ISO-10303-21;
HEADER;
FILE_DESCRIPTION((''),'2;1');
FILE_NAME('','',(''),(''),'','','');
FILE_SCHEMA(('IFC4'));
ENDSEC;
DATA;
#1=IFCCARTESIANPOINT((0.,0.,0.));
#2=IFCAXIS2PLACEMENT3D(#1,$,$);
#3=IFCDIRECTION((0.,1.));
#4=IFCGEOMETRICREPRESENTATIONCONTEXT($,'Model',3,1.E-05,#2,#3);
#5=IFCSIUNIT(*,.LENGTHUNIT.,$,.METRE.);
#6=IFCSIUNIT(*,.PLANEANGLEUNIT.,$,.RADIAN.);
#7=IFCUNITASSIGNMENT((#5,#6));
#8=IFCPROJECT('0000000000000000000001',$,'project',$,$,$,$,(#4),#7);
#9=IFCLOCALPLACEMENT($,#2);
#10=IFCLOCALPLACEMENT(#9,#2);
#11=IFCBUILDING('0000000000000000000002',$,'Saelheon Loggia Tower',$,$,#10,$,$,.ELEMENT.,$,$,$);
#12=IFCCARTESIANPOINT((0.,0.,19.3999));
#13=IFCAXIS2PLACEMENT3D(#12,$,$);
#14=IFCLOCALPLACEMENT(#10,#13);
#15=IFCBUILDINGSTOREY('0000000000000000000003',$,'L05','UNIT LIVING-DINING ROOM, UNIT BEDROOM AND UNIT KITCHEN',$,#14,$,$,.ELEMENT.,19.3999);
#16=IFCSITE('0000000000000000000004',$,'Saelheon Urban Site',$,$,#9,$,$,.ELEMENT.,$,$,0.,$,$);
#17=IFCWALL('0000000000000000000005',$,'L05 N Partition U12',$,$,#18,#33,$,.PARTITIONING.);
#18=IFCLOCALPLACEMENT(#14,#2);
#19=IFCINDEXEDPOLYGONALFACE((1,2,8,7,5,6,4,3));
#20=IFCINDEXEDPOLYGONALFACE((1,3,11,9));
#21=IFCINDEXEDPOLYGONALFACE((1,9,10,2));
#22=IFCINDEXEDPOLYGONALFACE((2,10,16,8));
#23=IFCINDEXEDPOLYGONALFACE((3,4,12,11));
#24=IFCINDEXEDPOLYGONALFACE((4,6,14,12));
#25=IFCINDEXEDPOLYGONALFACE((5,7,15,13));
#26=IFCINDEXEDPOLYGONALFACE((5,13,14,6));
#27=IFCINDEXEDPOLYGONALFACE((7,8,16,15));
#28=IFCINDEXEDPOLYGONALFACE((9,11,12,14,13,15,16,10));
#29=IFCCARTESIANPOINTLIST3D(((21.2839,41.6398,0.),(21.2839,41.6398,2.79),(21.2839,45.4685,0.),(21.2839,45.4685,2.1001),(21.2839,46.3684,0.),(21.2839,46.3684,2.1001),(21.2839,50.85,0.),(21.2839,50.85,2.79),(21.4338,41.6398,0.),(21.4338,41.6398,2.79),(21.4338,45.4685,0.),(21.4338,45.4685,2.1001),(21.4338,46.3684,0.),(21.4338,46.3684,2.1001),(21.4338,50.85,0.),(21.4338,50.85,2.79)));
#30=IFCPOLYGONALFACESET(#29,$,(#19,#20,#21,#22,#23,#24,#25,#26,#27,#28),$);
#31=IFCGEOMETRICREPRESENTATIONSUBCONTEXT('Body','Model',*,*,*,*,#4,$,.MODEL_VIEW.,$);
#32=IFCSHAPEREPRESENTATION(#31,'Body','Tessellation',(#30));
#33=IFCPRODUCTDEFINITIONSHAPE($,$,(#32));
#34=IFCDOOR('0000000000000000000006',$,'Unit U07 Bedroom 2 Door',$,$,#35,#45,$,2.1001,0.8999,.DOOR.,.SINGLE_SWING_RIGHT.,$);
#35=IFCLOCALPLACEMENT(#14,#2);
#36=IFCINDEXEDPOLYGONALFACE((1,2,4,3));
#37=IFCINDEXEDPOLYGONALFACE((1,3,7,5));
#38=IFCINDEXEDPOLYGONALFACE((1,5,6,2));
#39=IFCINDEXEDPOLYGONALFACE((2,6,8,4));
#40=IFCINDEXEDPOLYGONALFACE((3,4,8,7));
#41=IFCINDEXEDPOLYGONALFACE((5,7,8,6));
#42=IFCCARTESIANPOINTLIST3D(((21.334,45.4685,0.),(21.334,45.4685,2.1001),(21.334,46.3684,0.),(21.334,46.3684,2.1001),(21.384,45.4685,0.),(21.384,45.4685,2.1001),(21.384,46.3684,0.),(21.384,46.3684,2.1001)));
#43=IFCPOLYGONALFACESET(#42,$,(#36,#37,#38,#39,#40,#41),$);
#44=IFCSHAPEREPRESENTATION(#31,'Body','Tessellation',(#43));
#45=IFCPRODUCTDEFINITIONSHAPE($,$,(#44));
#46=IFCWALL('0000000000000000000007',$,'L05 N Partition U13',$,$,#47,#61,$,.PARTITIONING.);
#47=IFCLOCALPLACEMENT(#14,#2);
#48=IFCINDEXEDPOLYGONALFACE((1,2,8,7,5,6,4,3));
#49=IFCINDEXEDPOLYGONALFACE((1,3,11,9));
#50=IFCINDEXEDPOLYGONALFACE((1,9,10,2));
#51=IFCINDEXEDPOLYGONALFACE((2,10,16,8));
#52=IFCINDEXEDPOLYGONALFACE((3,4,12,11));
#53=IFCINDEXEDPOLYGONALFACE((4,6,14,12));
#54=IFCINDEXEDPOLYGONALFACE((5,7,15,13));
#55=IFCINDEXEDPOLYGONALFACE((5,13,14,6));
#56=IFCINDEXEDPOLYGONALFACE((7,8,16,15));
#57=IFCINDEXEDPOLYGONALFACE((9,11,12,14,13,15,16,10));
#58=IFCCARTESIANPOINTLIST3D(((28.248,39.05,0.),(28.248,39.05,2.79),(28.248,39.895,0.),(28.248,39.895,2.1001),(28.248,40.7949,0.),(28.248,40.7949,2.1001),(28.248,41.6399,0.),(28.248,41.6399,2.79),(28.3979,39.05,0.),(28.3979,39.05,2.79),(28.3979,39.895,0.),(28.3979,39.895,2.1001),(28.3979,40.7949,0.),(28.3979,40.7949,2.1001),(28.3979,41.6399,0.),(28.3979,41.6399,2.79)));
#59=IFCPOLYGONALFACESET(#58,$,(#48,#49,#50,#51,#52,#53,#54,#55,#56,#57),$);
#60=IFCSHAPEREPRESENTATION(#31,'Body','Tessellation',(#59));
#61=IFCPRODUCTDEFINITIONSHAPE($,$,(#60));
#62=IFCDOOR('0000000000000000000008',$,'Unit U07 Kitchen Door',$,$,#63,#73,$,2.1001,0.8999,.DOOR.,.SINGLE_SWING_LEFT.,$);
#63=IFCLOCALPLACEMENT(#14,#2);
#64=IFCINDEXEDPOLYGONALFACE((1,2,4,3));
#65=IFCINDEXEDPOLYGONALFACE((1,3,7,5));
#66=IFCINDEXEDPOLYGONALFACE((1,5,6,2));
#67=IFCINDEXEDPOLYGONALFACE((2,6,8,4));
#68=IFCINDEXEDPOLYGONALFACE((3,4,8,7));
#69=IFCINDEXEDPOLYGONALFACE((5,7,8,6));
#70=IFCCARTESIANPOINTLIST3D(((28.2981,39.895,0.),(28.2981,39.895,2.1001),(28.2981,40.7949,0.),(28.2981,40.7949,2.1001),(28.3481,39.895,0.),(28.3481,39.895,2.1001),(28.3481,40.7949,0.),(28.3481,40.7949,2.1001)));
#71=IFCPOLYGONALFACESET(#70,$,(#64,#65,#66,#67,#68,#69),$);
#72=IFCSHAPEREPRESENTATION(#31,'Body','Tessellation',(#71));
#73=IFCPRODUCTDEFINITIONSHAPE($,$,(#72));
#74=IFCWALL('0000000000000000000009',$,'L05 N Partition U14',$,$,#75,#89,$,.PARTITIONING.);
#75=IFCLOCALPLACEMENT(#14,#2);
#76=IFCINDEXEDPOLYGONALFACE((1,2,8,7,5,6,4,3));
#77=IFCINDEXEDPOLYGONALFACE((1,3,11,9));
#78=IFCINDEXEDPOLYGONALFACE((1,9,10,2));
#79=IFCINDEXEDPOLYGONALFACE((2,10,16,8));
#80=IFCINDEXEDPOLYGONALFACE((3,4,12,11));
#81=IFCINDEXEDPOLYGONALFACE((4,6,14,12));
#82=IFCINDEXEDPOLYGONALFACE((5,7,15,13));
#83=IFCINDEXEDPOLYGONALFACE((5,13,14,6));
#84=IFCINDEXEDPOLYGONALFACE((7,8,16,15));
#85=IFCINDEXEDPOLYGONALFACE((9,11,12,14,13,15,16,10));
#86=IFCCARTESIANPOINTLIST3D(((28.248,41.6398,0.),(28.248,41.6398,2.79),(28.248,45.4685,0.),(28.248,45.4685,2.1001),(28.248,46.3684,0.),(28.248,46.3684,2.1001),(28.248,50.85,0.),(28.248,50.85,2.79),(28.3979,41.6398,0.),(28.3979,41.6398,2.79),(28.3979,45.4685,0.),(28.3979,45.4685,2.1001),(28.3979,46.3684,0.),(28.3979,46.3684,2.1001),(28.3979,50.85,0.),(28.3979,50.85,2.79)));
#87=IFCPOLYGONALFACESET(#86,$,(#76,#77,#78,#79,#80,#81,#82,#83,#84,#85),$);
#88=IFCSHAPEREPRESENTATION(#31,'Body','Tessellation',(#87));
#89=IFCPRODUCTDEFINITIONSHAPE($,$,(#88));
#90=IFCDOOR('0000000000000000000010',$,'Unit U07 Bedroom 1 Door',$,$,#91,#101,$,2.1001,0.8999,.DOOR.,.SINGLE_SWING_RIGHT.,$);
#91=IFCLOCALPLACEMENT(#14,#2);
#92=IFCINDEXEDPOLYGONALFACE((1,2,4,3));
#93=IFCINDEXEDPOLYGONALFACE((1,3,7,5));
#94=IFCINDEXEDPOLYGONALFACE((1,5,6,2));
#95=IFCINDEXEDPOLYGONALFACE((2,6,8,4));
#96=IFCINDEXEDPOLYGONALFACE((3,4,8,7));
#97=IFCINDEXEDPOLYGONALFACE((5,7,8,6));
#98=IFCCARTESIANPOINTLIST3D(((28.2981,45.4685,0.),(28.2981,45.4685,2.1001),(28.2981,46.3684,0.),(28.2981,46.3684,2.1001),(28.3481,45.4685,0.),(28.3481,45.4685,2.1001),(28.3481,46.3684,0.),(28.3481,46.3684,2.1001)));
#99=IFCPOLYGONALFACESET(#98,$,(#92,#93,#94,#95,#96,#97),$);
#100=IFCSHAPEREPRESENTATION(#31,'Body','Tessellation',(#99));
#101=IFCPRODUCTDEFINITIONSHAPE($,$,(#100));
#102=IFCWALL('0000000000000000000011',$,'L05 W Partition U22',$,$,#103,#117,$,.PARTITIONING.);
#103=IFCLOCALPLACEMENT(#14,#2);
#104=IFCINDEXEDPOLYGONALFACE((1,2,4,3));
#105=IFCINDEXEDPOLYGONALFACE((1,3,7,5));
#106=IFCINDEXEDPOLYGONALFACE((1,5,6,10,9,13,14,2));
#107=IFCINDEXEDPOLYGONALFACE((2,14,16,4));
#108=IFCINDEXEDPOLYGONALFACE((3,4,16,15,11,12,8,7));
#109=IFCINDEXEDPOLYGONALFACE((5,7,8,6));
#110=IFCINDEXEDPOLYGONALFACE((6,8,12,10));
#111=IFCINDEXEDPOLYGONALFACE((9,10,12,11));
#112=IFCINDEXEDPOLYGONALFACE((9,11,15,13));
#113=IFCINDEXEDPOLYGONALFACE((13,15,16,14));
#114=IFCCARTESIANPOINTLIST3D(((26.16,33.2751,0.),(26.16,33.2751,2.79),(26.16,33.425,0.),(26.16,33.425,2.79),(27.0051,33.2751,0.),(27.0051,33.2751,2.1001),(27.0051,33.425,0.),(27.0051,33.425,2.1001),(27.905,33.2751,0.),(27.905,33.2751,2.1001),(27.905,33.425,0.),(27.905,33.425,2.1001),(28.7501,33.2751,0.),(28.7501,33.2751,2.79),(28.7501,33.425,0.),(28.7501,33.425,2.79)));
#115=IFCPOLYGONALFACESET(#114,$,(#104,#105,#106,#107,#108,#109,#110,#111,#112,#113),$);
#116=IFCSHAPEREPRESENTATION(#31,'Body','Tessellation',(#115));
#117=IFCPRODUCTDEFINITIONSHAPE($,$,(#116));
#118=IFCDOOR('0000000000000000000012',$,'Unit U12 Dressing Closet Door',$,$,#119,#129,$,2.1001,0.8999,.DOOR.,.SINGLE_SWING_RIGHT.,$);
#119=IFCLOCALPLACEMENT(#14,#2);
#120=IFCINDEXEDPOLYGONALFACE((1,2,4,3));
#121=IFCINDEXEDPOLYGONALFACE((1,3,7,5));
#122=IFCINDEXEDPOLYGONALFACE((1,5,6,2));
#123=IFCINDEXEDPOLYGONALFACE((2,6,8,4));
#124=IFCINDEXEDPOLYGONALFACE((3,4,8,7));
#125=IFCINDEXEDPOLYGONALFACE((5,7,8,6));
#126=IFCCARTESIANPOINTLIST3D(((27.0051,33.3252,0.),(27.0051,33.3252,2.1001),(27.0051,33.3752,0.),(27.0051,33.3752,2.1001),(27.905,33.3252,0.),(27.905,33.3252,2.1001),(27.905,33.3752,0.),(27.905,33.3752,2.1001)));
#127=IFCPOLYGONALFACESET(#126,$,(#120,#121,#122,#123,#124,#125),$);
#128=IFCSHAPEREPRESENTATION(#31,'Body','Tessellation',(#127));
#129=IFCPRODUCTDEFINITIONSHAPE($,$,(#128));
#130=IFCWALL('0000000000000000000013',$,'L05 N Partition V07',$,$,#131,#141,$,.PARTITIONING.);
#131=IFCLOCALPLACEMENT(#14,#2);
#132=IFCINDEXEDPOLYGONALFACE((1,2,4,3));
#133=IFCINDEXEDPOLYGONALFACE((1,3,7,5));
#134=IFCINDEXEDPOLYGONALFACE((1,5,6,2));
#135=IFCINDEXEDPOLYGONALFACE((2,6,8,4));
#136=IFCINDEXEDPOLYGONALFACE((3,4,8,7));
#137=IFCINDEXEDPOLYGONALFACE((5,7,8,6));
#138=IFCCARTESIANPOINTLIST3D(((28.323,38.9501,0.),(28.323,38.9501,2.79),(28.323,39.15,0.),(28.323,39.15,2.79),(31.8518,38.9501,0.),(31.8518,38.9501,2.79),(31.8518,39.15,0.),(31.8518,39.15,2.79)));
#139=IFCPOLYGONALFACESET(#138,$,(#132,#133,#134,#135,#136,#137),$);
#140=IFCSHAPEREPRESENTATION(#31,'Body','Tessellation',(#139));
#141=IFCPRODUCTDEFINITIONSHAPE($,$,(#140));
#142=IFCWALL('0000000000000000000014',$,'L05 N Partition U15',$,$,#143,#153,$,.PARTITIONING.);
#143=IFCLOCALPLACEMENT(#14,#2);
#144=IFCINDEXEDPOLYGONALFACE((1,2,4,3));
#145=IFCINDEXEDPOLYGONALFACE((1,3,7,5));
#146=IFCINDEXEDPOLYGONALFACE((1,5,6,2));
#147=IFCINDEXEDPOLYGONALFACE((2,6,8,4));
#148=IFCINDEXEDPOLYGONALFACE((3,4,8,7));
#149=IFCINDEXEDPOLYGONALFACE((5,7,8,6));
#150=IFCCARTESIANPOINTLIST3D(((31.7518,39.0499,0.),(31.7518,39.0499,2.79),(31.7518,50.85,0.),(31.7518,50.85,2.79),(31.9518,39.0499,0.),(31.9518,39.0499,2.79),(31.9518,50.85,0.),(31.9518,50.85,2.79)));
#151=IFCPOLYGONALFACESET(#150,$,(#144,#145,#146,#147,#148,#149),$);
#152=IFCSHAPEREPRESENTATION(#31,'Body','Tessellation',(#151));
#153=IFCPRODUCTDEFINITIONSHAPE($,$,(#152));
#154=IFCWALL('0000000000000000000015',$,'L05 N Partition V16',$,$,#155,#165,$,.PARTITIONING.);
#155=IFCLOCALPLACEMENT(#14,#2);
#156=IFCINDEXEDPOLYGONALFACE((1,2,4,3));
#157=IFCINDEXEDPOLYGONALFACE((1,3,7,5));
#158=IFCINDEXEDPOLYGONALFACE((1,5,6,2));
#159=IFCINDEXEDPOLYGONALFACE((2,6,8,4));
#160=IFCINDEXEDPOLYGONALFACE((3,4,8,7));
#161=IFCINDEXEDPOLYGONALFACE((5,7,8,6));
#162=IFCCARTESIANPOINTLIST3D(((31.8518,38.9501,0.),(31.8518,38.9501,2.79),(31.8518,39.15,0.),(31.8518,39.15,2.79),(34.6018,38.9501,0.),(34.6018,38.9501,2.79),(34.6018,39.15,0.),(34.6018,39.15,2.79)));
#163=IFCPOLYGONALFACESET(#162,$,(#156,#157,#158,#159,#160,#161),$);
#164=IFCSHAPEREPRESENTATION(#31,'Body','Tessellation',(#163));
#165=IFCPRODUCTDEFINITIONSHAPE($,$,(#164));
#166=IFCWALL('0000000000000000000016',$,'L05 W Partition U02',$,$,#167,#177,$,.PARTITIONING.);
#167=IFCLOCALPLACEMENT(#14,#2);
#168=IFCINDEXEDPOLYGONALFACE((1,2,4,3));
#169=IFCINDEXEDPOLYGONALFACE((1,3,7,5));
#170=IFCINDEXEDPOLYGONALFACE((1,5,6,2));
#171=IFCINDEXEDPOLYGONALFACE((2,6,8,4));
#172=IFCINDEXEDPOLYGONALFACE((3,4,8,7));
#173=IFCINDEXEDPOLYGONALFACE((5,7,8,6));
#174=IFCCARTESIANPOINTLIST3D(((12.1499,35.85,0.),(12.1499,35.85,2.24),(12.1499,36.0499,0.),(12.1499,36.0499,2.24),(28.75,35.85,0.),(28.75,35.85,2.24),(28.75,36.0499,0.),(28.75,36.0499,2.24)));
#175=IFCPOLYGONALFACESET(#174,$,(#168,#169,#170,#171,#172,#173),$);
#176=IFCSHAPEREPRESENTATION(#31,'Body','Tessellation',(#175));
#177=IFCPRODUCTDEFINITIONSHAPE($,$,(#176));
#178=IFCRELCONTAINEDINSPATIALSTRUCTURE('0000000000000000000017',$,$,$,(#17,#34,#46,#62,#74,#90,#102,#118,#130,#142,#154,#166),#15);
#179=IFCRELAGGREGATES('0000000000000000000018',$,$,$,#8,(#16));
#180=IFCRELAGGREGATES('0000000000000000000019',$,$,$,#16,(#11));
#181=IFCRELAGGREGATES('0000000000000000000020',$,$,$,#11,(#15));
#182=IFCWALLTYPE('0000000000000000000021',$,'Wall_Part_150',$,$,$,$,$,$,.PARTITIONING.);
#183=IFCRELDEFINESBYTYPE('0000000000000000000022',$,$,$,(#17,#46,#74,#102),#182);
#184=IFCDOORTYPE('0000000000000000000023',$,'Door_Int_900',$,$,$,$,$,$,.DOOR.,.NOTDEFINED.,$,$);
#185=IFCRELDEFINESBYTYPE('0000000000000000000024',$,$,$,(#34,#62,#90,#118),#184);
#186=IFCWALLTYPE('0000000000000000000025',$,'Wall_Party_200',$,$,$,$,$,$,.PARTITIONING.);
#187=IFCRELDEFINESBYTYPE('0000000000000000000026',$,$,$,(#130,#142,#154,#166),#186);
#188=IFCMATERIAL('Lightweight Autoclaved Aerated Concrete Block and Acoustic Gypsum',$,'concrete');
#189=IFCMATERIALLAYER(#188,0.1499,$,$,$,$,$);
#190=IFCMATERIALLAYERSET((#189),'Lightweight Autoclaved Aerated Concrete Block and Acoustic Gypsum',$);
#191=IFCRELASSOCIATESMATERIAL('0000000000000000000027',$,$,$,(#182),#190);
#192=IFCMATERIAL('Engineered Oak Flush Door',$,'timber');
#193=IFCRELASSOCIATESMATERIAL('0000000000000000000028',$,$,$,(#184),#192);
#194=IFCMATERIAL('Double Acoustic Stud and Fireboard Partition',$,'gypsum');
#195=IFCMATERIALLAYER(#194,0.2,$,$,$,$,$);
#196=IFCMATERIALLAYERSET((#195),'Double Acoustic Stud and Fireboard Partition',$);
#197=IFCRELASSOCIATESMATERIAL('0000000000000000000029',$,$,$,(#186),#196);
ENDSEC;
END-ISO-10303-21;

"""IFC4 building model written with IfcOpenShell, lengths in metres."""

from ifc_helpers import new_model, si_unit, direction, frame, frame_2d, origin, place, context, subcontext, project, spatial, rectangle, extrude, source, transform, mapped, material, layer, layer_set, type_object, element, fill, save


model = new_model("IFC4")

# Units and contexts
model_context = context("Model", 3, precision=1e-05, world=origin(), true_north=direction((0.0, 1.0)))
body_context = subcontext(model_context, "Body", "Model", "MODEL_VIEW")
ifc_project = project(units=[si_unit("LENGTHUNIT", "METRE"), si_unit("PLANEANGLEUNIT", "RADIAN")], contexts=[model_context])

# Site, building, storey
site_placement = place(None, origin())
site = spatial("IfcSite", under=ifc_project, at=site_placement, Name="Saelheon Urban Site", CompositionType="ELEMENT", RefElevation=0.0)
building_placement = place(site_placement, origin())
building = spatial("IfcBuilding", under=site, at=building_placement, Name="Saelheon Loggia Tower", CompositionType="ELEMENT")
storey_placement = place(building_placement, frame((0.0, 0.0, 19.3999)))
storey = spatial("IfcBuildingStorey", under=building, at=storey_placement, Name="L05", Description="UNIT LIVING-DINING ROOM, UNIT BEDROOM AND UNIT KITCHEN", CompositionType="ELEMENT", Elevation=19.3999)

# Shared definitions
ifc_material_1 = material(Name="Lightweight Autoclaved Aerated Concrete Block and Acoustic Gypsum", Category="concrete")
ifc_layer_1 = layer(ifc_material_1, 0.1499)
ifc_layer_set_1 = layer_set([ifc_layer_1], Name="Lightweight Autoclaved Aerated Concrete Block and Acoustic Gypsum")
wall_type_1 = type_object("IfcWallType", Name="Wall_Part_150", PredefinedType="PARTITIONING", material=ifc_layer_set_1)

# Walls, openings, doors
wall_1_placement = place(storey_placement, frame((21.3589, 41.6399, 0.0), z_axis=(0.0, 0.0, 1.0), x_axis=(0.0, 1.0, 0.0)))
wall_1 = element("IfcWall", 1, at=wall_1_placement, inside=storey, type_object=wall_type_1, Name="L05 N Partition U12", PredefinedType="PARTITIONING", context=body_context, shape_type="SweptSolid", body=[
    extrude(rectangle(XDim=9.2102, YDim=0.1499, at=frame_2d((4.605, 0.0))), origin(), (0.0, 0.0, 1.0), 2.79),
])
opening_1_placement = place(wall_1_placement, frame((3.8286, 0.0, 0.0)))
opening_1 = element("IfcOpeningElement", 2, at=opening_1_placement, cuts=wall_1, PredefinedType="OPENING", context=body_context, shape_type="SweptSolid", body=[
    extrude(rectangle(XDim=0.8999, YDim=2.1001, at=frame_2d((0.45, 1.05))), frame((0.0, 0.0869, 0.0), z_axis=(0.0, -1.0, 0.0), x_axis=(1.0, 0.0, 0.0)), (0.0, 0.0, 1.0), 0.1738),
])
ifc_material_2 = material(Name="Engineered Oak Flush Door", Category="timber")
door_type_1 = type_object("IfcDoorType", Name="Door_Int_900", OperationType="NOTDEFINED", PredefinedType="DOOR", material=ifc_material_2)
shared_shape_1 = source(origin(), body_context, "Body", "SweptSolid", [
    extrude(rectangle(XDim=0.8999, YDim=2.1001, at=frame_2d((0.45, 1.05))), frame((0.0, 0.0249, 0.0), z_axis=(0.0, -1.0, 0.0), x_axis=(1.0, 0.0, 0.0)), (0.0, 0.0, 1.0), 0.05),
])
door_1_placement = place(opening_1_placement, origin())
door_1 = element("IfcDoor", 3, at=door_1_placement, inside=storey, type_object=door_type_1, Name="Unit U07 Bedroom 2 Door", OperationType="SINGLE_SWING_RIGHT", OverallHeight=2.1001, OverallWidth=0.8999, PredefinedType="DOOR", context=body_context, shape_type="MappedRepresentation", body=[
    mapped(shared_shape_1, transform((0.0, 0.0, 0.0), scale=1.0)),
])
fill(opening_1, door_1)
wall_2_placement = place(storey_placement, frame((28.323, 39.05, 0.0), z_axis=(0.0, 0.0, 1.0), x_axis=(0.0, 1.0, 0.0)))
wall_2 = element("IfcWall", 4, at=wall_2_placement, inside=storey, type_object=wall_type_1, Name="L05 N Partition U13", PredefinedType="PARTITIONING", context=body_context, shape_type="SweptSolid", body=[
    extrude(rectangle(XDim=2.5898, YDim=0.1499, at=frame_2d((1.2949, 0.0))), origin(), (0.0, 0.0, 1.0), 2.79),
])
opening_2_placement = place(wall_2_placement, frame((0.845, 0.0, 0.0)))
opening_2 = element("IfcOpeningElement", 5, at=opening_2_placement, cuts=wall_2, PredefinedType="OPENING", context=body_context, shape_type="SweptSolid", body=[
    extrude(rectangle(XDim=0.8999, YDim=2.1001, at=frame_2d((0.45, 1.05))), frame((0.0, 0.0869, 0.0), z_axis=(0.0, -1.0, 0.0), x_axis=(1.0, 0.0, 0.0)), (0.0, 0.0, 1.0), 0.1738),
])
door_2_placement = place(opening_2_placement, origin())
door_2 = element("IfcDoor", 6, at=door_2_placement, inside=storey, type_object=door_type_1, Name="Unit U07 Kitchen Door", OperationType="SINGLE_SWING_LEFT", OverallHeight=2.1001, OverallWidth=0.8999, PredefinedType="DOOR", context=body_context, shape_type="MappedRepresentation", body=[
    mapped(shared_shape_1, transform((0.0, 0.0, 0.0), scale=1.0)),
])
fill(opening_2, door_2)
wall_3_placement = place(storey_placement, frame((28.323, 41.6399, 0.0), z_axis=(0.0, 0.0, 1.0), x_axis=(0.0, 1.0, 0.0)))
wall_3 = element("IfcWall", 7, at=wall_3_placement, inside=storey, type_object=wall_type_1, Name="L05 N Partition U14", PredefinedType="PARTITIONING", context=body_context, shape_type="SweptSolid", body=[
    extrude(rectangle(XDim=9.2102, YDim=0.1499, at=frame_2d((4.605, 0.0))), origin(), (0.0, 0.0, 1.0), 2.79),
])
opening_3_placement = place(wall_3_placement, frame((3.8286, 0.0, 0.0)))
opening_3 = element("IfcOpeningElement", 8, at=opening_3_placement, cuts=wall_3, PredefinedType="OPENING", context=body_context, shape_type="SweptSolid", body=[
    extrude(rectangle(XDim=0.8999, YDim=2.1001, at=frame_2d((0.45, 1.05))), frame((0.0, 0.0869, 0.0), z_axis=(0.0, -1.0, 0.0), x_axis=(1.0, 0.0, 0.0)), (0.0, 0.0, 1.0), 0.1738),
])
door_3_placement = place(opening_3_placement, origin())
door_3 = element("IfcDoor", 9, at=door_3_placement, inside=storey, type_object=door_type_1, Name="Unit U07 Bedroom 1 Door", OperationType="SINGLE_SWING_RIGHT", OverallHeight=2.1001, OverallWidth=0.8999, PredefinedType="DOOR", context=body_context, shape_type="MappedRepresentation", body=[
    mapped(shared_shape_1, transform((0.0, 0.0, 0.0), scale=1.0)),
])
fill(opening_3, door_3)
wall_4_placement = place(storey_placement, frame((28.75, 33.3501, 0.0), z_axis=(0.0, 0.0, 1.0), x_axis=(-1.0, 0.0, 0.0)))
wall_4 = element("IfcWall", 10, at=wall_4_placement, inside=storey, type_object=wall_type_1, Name="L05 W Partition U22", PredefinedType="PARTITIONING", context=body_context, shape_type="SweptSolid", body=[
    extrude(rectangle(XDim=2.5901, YDim=0.1499, at=frame_2d((1.2949, 0.0))), origin(), (0.0, 0.0, 1.0), 2.79),
])
opening_4_placement = place(wall_4_placement, frame((0.845, 0.0, 0.0)))
opening_4 = element("IfcOpeningElement", 11, at=opening_4_placement, cuts=wall_4, PredefinedType="OPENING", context=body_context, shape_type="SweptSolid", body=[
    extrude(rectangle(XDim=0.8999, YDim=2.1001, at=frame_2d((0.45, 1.05))), frame((0.0, 0.0869, 0.0), z_axis=(0.0, -1.0, 0.0), x_axis=(1.0, 0.0, 0.0)), (0.0, 0.0, 1.0), 0.1738),
])
door_4_placement = place(opening_4_placement, origin())
door_4 = element("IfcDoor", 12, at=door_4_placement, inside=storey, type_object=door_type_1, Name="Unit U12 Dressing Closet Door", OperationType="SINGLE_SWING_RIGHT", OverallHeight=2.1001, OverallWidth=0.8999, PredefinedType="DOOR", context=body_context, shape_type="MappedRepresentation", body=[
    mapped(shared_shape_1, transform((0.0, 0.0, 0.0), scale=1.0)),
])
fill(opening_4, door_4)

# Walls
ifc_material_3 = material(Name="Double Acoustic Stud and Fireboard Partition", Category="gypsum")
ifc_layer_2 = layer(ifc_material_3, 0.2)
ifc_layer_set_2 = layer_set([ifc_layer_2], Name="Double Acoustic Stud and Fireboard Partition")
wall_type_2 = type_object("IfcWallType", Name="Wall_Party_200", PredefinedType="PARTITIONING", material=ifc_layer_set_2)
wall_5_placement = place(storey_placement, frame((28.323, 39.05, 0.0), z_axis=(0.0, 0.0, 1.0), x_axis=(1.0, 0.0, 0.0)))
element("IfcWall", 13, at=wall_5_placement, inside=storey, type_object=wall_type_2, Name="L05 N Partition V07", PredefinedType="PARTITIONING", context=body_context, shape_type="SweptSolid", body=[
    extrude(rectangle(XDim=3.5288, YDim=0.2, at=frame_2d((1.7644, 0.0))), origin(), (0.0, 0.0, 1.0), 2.79),
])
wall_6_placement = place(storey_placement, frame((31.8518, 39.05, 0.0), z_axis=(0.0, 0.0, 1.0), x_axis=(0.0, 1.0, 0.0)))
element("IfcWall", 14, at=wall_6_placement, inside=storey, type_object=wall_type_2, Name="L05 N Partition U15", PredefinedType="PARTITIONING", context=body_context, shape_type="SweptSolid", body=[
    extrude(rectangle(XDim=11.8, YDim=0.2, at=frame_2d((5.8999, 0.0))), origin(), (0.0, 0.0, 1.0), 2.79),
])
wall_7_placement = place(storey_placement, frame((31.8518, 39.05, 0.0), z_axis=(0.0, 0.0, 1.0), x_axis=(1.0, 0.0, 0.0)))
element("IfcWall", 15, at=wall_7_placement, inside=storey, type_object=wall_type_2, Name="L05 N Partition V16", PredefinedType="PARTITIONING", context=body_context, shape_type="SweptSolid", body=[
    extrude(rectangle(XDim=2.75, YDim=0.2, at=frame_2d((1.375, 0.0))), origin(), (0.0, 0.0, 1.0), 2.79),
])
wall_8_placement = place(storey_placement, frame((28.75, 35.95, 0.0), z_axis=(0.0, 0.0, 1.0), x_axis=(-1.0, 0.0, 0.0)))
element("IfcWall", 16, at=wall_8_placement, inside=storey, type_object=wall_type_2, Name="L05 W Partition U02", PredefinedType="PARTITIONING", context=body_context, shape_type="SweptSolid", body=[
    extrude(rectangle(XDim=16.6001, YDim=0.2, at=frame_2d((8.3, 0.0))), origin(), (0.0, 0.0, 1.0), 2.24),
])

save(model, "model.ifc")
